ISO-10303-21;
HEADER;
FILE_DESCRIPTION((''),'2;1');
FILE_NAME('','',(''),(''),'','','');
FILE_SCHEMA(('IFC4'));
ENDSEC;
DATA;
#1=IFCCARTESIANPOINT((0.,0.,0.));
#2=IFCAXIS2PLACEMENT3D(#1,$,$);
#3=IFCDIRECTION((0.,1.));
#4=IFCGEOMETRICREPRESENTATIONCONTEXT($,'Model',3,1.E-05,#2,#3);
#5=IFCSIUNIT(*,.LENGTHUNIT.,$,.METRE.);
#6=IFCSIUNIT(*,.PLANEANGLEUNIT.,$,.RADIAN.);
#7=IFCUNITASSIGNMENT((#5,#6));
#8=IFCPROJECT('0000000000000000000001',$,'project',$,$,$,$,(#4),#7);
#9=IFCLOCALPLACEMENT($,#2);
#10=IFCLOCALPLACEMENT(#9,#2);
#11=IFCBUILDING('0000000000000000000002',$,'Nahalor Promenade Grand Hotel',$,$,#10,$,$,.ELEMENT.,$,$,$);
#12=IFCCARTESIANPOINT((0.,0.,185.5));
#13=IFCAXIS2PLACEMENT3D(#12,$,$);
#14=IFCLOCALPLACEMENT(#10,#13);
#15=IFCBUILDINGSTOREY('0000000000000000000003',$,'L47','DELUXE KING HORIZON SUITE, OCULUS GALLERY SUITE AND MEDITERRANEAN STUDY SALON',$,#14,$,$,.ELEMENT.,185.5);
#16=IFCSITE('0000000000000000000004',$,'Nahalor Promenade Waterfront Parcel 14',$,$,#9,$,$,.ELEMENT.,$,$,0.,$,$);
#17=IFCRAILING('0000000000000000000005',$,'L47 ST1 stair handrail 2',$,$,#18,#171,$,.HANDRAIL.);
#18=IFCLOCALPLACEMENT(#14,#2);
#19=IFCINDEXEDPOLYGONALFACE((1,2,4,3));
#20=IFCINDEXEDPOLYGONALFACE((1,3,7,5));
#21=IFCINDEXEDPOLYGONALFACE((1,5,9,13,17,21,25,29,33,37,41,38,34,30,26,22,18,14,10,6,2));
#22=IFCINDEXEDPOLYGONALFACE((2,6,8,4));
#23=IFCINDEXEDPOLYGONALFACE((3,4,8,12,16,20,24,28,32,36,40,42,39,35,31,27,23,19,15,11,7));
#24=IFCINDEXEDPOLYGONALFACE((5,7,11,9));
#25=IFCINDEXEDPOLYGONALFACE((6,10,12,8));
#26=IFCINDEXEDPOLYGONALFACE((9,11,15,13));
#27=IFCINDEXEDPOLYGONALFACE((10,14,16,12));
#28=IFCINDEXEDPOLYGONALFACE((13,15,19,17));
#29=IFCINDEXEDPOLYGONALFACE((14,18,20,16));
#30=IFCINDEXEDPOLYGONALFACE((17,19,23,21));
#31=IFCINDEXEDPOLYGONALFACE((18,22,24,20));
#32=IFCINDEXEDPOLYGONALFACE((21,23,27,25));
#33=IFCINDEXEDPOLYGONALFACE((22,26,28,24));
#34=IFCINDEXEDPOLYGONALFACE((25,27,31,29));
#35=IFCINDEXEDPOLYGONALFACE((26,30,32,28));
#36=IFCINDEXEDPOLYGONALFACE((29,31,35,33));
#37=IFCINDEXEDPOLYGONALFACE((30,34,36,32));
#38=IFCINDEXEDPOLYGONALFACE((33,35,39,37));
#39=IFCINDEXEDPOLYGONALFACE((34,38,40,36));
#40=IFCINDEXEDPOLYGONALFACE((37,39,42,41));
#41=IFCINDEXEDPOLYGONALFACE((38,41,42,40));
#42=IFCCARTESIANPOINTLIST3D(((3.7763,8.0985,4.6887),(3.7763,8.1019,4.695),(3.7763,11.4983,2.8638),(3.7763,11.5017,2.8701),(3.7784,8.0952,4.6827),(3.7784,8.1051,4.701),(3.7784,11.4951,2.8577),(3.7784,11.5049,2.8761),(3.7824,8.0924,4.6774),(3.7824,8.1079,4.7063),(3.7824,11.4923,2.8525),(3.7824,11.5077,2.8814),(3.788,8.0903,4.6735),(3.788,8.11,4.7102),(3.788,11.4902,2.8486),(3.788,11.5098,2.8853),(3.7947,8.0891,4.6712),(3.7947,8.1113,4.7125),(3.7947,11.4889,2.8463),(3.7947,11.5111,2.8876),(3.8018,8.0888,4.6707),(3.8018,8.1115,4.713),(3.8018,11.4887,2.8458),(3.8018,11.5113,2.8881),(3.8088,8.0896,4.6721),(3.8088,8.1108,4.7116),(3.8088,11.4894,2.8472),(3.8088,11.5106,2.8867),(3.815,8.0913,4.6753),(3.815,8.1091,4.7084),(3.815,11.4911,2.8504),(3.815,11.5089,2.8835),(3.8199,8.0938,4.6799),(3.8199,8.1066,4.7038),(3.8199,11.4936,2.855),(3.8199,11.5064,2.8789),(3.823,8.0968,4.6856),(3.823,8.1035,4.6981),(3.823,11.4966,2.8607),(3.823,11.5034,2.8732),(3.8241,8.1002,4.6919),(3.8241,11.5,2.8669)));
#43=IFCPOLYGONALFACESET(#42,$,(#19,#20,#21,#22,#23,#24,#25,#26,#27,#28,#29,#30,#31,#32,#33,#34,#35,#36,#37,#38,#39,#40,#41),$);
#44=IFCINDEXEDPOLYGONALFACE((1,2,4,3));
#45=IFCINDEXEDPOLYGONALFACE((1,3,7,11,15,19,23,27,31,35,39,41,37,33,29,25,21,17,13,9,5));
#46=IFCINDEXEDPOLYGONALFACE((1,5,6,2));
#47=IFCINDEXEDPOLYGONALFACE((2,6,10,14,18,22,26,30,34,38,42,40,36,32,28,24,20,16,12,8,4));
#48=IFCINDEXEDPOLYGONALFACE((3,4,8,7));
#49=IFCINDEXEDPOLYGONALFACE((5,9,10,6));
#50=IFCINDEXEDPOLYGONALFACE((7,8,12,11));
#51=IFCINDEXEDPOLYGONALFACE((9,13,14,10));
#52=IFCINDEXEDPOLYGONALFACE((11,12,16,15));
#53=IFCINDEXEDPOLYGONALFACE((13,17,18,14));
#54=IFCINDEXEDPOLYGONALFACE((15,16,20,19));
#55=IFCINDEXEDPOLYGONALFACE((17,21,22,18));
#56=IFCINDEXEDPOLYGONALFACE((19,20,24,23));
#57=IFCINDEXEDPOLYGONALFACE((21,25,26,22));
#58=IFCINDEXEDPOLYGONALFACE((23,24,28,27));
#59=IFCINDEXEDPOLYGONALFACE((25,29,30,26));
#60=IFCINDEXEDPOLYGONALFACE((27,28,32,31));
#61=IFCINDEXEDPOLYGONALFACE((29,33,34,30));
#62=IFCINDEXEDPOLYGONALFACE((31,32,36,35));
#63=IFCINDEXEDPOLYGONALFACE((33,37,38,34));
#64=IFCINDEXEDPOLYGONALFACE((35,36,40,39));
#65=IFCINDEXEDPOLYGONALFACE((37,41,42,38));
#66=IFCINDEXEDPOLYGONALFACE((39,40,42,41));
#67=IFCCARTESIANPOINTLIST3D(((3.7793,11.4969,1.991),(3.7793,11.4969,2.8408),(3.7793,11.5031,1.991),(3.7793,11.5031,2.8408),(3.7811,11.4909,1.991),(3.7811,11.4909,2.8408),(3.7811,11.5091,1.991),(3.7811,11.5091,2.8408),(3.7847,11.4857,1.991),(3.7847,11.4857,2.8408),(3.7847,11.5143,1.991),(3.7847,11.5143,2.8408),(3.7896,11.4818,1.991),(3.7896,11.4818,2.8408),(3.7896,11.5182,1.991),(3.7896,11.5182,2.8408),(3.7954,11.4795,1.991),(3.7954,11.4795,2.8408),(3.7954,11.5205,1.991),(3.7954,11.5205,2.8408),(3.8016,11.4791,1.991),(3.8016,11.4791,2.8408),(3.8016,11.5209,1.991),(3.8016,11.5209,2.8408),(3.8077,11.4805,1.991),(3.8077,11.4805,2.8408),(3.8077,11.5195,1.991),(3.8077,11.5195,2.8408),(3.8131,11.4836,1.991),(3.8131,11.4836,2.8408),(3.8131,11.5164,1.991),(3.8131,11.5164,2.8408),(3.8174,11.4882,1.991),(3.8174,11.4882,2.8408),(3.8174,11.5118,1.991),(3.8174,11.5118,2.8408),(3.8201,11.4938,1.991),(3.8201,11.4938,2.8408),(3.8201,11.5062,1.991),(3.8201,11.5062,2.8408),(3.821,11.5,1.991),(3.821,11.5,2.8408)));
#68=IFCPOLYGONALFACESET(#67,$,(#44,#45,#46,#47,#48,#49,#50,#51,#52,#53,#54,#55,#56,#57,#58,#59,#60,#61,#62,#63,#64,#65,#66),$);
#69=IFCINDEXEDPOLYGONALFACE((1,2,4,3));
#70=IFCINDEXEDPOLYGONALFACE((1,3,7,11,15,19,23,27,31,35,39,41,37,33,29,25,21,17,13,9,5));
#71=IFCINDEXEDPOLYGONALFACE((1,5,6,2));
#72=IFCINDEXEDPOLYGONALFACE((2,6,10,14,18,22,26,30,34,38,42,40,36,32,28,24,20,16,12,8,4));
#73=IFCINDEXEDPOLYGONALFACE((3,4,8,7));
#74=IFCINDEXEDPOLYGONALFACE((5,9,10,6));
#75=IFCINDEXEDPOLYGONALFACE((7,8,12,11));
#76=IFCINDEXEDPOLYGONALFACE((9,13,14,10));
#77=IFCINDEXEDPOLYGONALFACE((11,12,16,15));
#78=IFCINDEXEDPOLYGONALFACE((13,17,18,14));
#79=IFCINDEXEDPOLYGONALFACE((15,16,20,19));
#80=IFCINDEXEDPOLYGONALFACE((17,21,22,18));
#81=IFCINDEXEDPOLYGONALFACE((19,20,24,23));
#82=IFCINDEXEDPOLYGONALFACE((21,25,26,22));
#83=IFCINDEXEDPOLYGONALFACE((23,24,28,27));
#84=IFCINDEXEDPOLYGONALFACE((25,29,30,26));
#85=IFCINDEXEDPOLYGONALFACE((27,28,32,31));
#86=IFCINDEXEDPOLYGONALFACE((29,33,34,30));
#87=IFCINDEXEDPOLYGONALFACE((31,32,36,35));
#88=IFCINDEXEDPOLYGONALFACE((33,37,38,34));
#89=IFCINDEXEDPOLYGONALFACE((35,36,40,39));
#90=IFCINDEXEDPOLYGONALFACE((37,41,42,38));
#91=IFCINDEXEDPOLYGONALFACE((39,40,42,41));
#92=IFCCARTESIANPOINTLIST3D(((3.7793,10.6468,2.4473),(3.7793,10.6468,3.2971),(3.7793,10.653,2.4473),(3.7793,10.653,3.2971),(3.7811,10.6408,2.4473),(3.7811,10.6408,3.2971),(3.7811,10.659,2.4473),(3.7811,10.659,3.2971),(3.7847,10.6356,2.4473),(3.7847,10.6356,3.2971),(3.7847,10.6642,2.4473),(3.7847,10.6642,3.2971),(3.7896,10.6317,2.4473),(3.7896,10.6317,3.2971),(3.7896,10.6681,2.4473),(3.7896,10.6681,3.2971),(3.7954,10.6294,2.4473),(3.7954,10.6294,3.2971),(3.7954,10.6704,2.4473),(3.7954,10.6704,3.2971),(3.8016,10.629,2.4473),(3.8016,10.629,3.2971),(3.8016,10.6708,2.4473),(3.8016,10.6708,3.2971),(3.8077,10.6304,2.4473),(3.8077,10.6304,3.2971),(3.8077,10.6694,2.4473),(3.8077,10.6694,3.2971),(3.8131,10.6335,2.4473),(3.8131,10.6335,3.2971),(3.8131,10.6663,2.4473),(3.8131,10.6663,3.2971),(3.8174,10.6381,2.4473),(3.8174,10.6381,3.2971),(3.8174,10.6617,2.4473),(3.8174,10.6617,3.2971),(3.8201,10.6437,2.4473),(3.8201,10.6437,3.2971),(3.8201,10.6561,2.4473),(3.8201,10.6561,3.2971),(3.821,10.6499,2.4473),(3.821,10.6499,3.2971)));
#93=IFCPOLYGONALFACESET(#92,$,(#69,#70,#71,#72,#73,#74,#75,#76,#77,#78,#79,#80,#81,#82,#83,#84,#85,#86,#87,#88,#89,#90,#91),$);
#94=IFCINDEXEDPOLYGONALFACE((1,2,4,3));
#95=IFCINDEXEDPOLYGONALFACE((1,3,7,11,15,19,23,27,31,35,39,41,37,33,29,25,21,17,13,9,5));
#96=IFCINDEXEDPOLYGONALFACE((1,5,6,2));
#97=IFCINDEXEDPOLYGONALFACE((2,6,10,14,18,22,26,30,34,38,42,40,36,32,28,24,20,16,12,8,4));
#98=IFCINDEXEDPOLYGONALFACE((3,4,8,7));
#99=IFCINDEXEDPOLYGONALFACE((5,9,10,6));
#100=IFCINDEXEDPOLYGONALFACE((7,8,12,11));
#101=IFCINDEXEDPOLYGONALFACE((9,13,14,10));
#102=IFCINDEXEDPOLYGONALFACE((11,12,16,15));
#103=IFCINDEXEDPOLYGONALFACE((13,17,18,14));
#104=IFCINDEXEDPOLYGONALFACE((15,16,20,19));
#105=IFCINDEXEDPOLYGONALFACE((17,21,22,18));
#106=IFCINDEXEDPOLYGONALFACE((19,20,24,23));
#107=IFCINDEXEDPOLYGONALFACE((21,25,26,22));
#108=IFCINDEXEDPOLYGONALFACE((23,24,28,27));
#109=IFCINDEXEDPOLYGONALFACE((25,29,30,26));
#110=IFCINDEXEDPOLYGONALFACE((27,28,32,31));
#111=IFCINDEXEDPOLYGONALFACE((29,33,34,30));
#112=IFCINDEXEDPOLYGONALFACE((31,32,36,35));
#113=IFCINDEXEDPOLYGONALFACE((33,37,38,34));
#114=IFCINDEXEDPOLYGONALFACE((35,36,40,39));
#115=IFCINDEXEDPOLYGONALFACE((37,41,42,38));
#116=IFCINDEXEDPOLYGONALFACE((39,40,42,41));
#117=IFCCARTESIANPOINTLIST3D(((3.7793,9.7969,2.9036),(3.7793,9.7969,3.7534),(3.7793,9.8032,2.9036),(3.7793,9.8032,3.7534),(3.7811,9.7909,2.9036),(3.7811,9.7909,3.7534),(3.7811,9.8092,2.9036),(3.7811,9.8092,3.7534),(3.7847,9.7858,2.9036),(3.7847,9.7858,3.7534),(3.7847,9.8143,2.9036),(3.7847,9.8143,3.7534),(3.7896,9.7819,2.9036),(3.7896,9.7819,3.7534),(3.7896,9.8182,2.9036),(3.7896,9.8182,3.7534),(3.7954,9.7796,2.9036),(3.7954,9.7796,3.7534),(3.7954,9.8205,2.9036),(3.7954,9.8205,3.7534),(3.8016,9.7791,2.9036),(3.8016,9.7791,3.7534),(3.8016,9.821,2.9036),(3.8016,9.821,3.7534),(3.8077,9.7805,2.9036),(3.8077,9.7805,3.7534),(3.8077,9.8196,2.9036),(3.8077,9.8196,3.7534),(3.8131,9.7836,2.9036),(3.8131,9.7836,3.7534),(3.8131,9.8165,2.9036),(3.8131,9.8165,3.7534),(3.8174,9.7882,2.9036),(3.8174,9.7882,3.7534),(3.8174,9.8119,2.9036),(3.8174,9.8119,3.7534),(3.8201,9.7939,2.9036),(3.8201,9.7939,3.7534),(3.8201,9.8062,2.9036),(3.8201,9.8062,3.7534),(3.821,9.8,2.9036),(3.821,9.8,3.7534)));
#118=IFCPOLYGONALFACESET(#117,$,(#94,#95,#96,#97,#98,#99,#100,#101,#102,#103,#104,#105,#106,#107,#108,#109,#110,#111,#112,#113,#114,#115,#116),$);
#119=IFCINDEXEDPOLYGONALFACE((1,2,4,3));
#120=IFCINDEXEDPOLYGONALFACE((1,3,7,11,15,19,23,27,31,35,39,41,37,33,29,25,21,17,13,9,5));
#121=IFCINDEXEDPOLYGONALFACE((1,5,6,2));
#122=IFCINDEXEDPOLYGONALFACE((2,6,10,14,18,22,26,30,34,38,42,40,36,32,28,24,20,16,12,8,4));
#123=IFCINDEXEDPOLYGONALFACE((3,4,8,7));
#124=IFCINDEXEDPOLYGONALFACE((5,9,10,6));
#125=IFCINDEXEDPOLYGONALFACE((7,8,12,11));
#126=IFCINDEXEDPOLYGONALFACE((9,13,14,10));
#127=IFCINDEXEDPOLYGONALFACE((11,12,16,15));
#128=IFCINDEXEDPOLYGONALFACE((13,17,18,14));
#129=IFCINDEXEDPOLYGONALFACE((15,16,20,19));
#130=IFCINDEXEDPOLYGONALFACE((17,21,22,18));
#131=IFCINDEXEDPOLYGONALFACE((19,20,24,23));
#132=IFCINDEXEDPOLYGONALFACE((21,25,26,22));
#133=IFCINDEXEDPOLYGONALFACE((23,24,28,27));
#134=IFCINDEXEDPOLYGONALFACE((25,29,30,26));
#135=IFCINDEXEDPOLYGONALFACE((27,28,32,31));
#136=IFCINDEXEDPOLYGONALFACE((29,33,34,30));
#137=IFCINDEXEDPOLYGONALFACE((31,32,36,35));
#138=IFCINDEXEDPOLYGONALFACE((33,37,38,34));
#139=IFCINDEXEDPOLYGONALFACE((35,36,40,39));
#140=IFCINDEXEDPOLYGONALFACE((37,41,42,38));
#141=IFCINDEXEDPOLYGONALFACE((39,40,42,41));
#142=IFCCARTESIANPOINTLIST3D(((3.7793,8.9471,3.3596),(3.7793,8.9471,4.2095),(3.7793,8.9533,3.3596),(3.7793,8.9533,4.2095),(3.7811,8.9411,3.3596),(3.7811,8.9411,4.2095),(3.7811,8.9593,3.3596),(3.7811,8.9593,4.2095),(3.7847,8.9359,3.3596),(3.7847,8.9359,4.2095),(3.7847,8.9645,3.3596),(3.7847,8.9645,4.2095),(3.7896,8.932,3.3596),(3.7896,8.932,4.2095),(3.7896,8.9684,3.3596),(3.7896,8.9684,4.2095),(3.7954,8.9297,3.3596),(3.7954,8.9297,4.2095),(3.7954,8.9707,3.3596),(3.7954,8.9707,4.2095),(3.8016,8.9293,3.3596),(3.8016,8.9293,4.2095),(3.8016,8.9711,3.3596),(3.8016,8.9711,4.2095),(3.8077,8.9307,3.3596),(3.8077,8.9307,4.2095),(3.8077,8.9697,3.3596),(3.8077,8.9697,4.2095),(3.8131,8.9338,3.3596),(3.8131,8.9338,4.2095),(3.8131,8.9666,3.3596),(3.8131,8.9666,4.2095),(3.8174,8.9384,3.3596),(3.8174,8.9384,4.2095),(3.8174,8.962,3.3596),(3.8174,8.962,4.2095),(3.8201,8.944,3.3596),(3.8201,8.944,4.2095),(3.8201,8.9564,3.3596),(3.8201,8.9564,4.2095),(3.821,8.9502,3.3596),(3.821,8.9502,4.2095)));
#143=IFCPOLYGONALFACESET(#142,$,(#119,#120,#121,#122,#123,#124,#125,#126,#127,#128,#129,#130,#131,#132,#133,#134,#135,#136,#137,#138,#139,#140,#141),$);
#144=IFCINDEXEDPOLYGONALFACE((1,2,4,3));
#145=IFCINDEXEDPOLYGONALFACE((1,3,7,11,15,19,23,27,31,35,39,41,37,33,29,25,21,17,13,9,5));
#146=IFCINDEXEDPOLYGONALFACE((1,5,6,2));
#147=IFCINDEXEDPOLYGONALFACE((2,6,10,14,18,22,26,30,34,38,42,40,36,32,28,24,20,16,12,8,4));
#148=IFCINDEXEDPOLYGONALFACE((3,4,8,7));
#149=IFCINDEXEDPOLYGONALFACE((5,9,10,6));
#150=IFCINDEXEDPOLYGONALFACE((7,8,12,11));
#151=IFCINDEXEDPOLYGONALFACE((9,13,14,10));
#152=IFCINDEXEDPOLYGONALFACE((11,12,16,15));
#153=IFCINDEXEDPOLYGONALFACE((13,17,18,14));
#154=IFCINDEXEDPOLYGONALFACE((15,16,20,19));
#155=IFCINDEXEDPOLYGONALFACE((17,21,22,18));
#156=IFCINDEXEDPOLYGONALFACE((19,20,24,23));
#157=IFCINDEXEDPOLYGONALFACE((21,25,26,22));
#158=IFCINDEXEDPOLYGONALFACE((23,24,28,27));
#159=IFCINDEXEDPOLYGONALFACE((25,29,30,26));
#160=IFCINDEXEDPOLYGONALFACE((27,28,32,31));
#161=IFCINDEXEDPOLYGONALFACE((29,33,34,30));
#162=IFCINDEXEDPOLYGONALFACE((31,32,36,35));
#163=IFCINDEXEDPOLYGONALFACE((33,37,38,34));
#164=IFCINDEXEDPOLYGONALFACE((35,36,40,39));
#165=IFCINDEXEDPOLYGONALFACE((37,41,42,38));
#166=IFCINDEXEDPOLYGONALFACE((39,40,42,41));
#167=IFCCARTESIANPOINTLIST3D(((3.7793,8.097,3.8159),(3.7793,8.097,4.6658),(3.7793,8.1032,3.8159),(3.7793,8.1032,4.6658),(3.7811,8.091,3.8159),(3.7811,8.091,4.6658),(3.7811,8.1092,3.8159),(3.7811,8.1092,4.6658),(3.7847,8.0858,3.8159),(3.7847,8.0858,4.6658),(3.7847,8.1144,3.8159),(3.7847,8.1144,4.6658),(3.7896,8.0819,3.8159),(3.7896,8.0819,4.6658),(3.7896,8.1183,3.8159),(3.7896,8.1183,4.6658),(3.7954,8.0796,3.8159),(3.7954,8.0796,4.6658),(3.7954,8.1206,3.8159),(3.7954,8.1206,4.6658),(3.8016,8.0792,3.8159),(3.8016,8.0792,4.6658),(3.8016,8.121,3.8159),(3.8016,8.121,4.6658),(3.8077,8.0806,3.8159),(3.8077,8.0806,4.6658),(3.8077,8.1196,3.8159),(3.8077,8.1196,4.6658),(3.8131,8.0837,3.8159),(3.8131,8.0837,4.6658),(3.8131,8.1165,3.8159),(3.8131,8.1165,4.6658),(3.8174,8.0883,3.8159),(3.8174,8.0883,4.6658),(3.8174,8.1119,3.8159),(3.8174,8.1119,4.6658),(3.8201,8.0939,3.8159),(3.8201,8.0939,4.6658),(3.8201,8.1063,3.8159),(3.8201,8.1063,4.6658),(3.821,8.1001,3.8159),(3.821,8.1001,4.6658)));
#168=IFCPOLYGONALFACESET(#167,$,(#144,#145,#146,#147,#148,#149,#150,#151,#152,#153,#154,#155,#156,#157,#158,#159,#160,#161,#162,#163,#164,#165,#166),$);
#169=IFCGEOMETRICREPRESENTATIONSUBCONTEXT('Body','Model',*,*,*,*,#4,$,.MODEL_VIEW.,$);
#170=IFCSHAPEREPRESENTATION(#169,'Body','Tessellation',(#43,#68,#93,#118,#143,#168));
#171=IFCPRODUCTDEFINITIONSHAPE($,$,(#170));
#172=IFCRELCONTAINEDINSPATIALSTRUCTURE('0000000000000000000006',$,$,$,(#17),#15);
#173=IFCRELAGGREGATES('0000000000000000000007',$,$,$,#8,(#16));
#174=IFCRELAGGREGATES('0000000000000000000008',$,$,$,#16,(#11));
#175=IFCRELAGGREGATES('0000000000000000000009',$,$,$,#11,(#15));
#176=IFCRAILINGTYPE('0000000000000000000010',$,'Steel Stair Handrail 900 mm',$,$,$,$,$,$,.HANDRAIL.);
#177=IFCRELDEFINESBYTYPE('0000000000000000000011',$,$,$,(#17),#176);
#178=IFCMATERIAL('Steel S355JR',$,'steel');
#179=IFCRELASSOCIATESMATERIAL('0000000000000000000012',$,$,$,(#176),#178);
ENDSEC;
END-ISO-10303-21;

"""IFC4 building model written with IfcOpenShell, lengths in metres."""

from ifc_helpers import new_model, si_unit, direction, frame, origin, origin_2d, place, context, subcontext, project, spatial, circle, extrude, material, type_object, element, save


model = new_model("IFC4")

# Units and contexts
model_context = context("Model", 3, precision=1e-05, world=origin(), true_north=direction((0.0, 1.0)))
body_context = subcontext(model_context, "Body", "Model", "MODEL_VIEW")
ifc_project = project(units=[si_unit("LENGTHUNIT", "METRE"), si_unit("PLANEANGLEUNIT", "RADIAN")], contexts=[model_context])

# Site, building, storey
site_placement = place(None, origin())
site = spatial("IfcSite", under=ifc_project, at=site_placement, Name="Nahalor Promenade Waterfront Parcel 14", CompositionType="ELEMENT", RefElevation=0.0)
building_placement = place(site_placement, origin())
building = spatial("IfcBuilding", under=site, at=building_placement, Name="Nahalor Promenade Grand Hotel", CompositionType="ELEMENT")
storey_placement = place(building_placement, frame((0.0, 0.0, 185.5)))
storey = spatial("IfcBuildingStorey", under=building, at=storey_placement, Name="L47", Description="DELUXE KING HORIZON SUITE, OCULUS GALLERY SUITE AND MEDITERRANEAN STUDY SALON", CompositionType="ELEMENT", Elevation=185.5)

# Shared definitions
ifc_material_1 = material(Name="Steel S355JR", Category="steel")

# Railing
railing_type_1 = type_object("IfcRailingType", Name="Steel Stair Handrail 900 mm", PredefinedType="HANDRAIL", material=ifc_material_1)
railing_1_placement = place(storey_placement, frame((3.8, 11.5, 1.991)))
element("IfcRailing", 1, at=railing_1_placement, inside=storey, type_object=railing_type_1, Name="L47 ST1 stair handrail 2", PredefinedType="HANDRAIL", context=body_context, shape_type="SweptSolid", body=[
    extrude(circle(Radius=0.024, at=origin_2d()), frame((0.0, 0.0, 0.876), z_axis=(0.0, -0.881094, 0.472941), x_axis=(1.0, 0.0, 0.0)), (0.0, 0.0, 1.0), 3.8586),
    extrude(circle(Radius=0.021, at=origin_2d()), origin(), (0.0, 0.0, 1.0), 0.8499),
    extrude(circle(Radius=0.021, at=origin_2d()), frame((0.0, -0.8501, 0.4563)), (0.0, 0.0, 1.0), 0.8499),
    extrude(circle(Radius=0.021, at=origin_2d()), frame((0.0, -1.7, 0.9126)), (0.0, 0.0, 1.0), 0.8499),
    extrude(circle(Radius=0.021, at=origin_2d()), frame((0.0, -2.5498, 1.3687)), (0.0, 0.0, 1.0), 0.8499),
    extrude(circle(Radius=0.021, at=origin_2d()), frame((0.0, -3.3999, 1.825)), (0.0, 0.0, 1.0), 0.8499),
])

save(model, "model.ifc")
